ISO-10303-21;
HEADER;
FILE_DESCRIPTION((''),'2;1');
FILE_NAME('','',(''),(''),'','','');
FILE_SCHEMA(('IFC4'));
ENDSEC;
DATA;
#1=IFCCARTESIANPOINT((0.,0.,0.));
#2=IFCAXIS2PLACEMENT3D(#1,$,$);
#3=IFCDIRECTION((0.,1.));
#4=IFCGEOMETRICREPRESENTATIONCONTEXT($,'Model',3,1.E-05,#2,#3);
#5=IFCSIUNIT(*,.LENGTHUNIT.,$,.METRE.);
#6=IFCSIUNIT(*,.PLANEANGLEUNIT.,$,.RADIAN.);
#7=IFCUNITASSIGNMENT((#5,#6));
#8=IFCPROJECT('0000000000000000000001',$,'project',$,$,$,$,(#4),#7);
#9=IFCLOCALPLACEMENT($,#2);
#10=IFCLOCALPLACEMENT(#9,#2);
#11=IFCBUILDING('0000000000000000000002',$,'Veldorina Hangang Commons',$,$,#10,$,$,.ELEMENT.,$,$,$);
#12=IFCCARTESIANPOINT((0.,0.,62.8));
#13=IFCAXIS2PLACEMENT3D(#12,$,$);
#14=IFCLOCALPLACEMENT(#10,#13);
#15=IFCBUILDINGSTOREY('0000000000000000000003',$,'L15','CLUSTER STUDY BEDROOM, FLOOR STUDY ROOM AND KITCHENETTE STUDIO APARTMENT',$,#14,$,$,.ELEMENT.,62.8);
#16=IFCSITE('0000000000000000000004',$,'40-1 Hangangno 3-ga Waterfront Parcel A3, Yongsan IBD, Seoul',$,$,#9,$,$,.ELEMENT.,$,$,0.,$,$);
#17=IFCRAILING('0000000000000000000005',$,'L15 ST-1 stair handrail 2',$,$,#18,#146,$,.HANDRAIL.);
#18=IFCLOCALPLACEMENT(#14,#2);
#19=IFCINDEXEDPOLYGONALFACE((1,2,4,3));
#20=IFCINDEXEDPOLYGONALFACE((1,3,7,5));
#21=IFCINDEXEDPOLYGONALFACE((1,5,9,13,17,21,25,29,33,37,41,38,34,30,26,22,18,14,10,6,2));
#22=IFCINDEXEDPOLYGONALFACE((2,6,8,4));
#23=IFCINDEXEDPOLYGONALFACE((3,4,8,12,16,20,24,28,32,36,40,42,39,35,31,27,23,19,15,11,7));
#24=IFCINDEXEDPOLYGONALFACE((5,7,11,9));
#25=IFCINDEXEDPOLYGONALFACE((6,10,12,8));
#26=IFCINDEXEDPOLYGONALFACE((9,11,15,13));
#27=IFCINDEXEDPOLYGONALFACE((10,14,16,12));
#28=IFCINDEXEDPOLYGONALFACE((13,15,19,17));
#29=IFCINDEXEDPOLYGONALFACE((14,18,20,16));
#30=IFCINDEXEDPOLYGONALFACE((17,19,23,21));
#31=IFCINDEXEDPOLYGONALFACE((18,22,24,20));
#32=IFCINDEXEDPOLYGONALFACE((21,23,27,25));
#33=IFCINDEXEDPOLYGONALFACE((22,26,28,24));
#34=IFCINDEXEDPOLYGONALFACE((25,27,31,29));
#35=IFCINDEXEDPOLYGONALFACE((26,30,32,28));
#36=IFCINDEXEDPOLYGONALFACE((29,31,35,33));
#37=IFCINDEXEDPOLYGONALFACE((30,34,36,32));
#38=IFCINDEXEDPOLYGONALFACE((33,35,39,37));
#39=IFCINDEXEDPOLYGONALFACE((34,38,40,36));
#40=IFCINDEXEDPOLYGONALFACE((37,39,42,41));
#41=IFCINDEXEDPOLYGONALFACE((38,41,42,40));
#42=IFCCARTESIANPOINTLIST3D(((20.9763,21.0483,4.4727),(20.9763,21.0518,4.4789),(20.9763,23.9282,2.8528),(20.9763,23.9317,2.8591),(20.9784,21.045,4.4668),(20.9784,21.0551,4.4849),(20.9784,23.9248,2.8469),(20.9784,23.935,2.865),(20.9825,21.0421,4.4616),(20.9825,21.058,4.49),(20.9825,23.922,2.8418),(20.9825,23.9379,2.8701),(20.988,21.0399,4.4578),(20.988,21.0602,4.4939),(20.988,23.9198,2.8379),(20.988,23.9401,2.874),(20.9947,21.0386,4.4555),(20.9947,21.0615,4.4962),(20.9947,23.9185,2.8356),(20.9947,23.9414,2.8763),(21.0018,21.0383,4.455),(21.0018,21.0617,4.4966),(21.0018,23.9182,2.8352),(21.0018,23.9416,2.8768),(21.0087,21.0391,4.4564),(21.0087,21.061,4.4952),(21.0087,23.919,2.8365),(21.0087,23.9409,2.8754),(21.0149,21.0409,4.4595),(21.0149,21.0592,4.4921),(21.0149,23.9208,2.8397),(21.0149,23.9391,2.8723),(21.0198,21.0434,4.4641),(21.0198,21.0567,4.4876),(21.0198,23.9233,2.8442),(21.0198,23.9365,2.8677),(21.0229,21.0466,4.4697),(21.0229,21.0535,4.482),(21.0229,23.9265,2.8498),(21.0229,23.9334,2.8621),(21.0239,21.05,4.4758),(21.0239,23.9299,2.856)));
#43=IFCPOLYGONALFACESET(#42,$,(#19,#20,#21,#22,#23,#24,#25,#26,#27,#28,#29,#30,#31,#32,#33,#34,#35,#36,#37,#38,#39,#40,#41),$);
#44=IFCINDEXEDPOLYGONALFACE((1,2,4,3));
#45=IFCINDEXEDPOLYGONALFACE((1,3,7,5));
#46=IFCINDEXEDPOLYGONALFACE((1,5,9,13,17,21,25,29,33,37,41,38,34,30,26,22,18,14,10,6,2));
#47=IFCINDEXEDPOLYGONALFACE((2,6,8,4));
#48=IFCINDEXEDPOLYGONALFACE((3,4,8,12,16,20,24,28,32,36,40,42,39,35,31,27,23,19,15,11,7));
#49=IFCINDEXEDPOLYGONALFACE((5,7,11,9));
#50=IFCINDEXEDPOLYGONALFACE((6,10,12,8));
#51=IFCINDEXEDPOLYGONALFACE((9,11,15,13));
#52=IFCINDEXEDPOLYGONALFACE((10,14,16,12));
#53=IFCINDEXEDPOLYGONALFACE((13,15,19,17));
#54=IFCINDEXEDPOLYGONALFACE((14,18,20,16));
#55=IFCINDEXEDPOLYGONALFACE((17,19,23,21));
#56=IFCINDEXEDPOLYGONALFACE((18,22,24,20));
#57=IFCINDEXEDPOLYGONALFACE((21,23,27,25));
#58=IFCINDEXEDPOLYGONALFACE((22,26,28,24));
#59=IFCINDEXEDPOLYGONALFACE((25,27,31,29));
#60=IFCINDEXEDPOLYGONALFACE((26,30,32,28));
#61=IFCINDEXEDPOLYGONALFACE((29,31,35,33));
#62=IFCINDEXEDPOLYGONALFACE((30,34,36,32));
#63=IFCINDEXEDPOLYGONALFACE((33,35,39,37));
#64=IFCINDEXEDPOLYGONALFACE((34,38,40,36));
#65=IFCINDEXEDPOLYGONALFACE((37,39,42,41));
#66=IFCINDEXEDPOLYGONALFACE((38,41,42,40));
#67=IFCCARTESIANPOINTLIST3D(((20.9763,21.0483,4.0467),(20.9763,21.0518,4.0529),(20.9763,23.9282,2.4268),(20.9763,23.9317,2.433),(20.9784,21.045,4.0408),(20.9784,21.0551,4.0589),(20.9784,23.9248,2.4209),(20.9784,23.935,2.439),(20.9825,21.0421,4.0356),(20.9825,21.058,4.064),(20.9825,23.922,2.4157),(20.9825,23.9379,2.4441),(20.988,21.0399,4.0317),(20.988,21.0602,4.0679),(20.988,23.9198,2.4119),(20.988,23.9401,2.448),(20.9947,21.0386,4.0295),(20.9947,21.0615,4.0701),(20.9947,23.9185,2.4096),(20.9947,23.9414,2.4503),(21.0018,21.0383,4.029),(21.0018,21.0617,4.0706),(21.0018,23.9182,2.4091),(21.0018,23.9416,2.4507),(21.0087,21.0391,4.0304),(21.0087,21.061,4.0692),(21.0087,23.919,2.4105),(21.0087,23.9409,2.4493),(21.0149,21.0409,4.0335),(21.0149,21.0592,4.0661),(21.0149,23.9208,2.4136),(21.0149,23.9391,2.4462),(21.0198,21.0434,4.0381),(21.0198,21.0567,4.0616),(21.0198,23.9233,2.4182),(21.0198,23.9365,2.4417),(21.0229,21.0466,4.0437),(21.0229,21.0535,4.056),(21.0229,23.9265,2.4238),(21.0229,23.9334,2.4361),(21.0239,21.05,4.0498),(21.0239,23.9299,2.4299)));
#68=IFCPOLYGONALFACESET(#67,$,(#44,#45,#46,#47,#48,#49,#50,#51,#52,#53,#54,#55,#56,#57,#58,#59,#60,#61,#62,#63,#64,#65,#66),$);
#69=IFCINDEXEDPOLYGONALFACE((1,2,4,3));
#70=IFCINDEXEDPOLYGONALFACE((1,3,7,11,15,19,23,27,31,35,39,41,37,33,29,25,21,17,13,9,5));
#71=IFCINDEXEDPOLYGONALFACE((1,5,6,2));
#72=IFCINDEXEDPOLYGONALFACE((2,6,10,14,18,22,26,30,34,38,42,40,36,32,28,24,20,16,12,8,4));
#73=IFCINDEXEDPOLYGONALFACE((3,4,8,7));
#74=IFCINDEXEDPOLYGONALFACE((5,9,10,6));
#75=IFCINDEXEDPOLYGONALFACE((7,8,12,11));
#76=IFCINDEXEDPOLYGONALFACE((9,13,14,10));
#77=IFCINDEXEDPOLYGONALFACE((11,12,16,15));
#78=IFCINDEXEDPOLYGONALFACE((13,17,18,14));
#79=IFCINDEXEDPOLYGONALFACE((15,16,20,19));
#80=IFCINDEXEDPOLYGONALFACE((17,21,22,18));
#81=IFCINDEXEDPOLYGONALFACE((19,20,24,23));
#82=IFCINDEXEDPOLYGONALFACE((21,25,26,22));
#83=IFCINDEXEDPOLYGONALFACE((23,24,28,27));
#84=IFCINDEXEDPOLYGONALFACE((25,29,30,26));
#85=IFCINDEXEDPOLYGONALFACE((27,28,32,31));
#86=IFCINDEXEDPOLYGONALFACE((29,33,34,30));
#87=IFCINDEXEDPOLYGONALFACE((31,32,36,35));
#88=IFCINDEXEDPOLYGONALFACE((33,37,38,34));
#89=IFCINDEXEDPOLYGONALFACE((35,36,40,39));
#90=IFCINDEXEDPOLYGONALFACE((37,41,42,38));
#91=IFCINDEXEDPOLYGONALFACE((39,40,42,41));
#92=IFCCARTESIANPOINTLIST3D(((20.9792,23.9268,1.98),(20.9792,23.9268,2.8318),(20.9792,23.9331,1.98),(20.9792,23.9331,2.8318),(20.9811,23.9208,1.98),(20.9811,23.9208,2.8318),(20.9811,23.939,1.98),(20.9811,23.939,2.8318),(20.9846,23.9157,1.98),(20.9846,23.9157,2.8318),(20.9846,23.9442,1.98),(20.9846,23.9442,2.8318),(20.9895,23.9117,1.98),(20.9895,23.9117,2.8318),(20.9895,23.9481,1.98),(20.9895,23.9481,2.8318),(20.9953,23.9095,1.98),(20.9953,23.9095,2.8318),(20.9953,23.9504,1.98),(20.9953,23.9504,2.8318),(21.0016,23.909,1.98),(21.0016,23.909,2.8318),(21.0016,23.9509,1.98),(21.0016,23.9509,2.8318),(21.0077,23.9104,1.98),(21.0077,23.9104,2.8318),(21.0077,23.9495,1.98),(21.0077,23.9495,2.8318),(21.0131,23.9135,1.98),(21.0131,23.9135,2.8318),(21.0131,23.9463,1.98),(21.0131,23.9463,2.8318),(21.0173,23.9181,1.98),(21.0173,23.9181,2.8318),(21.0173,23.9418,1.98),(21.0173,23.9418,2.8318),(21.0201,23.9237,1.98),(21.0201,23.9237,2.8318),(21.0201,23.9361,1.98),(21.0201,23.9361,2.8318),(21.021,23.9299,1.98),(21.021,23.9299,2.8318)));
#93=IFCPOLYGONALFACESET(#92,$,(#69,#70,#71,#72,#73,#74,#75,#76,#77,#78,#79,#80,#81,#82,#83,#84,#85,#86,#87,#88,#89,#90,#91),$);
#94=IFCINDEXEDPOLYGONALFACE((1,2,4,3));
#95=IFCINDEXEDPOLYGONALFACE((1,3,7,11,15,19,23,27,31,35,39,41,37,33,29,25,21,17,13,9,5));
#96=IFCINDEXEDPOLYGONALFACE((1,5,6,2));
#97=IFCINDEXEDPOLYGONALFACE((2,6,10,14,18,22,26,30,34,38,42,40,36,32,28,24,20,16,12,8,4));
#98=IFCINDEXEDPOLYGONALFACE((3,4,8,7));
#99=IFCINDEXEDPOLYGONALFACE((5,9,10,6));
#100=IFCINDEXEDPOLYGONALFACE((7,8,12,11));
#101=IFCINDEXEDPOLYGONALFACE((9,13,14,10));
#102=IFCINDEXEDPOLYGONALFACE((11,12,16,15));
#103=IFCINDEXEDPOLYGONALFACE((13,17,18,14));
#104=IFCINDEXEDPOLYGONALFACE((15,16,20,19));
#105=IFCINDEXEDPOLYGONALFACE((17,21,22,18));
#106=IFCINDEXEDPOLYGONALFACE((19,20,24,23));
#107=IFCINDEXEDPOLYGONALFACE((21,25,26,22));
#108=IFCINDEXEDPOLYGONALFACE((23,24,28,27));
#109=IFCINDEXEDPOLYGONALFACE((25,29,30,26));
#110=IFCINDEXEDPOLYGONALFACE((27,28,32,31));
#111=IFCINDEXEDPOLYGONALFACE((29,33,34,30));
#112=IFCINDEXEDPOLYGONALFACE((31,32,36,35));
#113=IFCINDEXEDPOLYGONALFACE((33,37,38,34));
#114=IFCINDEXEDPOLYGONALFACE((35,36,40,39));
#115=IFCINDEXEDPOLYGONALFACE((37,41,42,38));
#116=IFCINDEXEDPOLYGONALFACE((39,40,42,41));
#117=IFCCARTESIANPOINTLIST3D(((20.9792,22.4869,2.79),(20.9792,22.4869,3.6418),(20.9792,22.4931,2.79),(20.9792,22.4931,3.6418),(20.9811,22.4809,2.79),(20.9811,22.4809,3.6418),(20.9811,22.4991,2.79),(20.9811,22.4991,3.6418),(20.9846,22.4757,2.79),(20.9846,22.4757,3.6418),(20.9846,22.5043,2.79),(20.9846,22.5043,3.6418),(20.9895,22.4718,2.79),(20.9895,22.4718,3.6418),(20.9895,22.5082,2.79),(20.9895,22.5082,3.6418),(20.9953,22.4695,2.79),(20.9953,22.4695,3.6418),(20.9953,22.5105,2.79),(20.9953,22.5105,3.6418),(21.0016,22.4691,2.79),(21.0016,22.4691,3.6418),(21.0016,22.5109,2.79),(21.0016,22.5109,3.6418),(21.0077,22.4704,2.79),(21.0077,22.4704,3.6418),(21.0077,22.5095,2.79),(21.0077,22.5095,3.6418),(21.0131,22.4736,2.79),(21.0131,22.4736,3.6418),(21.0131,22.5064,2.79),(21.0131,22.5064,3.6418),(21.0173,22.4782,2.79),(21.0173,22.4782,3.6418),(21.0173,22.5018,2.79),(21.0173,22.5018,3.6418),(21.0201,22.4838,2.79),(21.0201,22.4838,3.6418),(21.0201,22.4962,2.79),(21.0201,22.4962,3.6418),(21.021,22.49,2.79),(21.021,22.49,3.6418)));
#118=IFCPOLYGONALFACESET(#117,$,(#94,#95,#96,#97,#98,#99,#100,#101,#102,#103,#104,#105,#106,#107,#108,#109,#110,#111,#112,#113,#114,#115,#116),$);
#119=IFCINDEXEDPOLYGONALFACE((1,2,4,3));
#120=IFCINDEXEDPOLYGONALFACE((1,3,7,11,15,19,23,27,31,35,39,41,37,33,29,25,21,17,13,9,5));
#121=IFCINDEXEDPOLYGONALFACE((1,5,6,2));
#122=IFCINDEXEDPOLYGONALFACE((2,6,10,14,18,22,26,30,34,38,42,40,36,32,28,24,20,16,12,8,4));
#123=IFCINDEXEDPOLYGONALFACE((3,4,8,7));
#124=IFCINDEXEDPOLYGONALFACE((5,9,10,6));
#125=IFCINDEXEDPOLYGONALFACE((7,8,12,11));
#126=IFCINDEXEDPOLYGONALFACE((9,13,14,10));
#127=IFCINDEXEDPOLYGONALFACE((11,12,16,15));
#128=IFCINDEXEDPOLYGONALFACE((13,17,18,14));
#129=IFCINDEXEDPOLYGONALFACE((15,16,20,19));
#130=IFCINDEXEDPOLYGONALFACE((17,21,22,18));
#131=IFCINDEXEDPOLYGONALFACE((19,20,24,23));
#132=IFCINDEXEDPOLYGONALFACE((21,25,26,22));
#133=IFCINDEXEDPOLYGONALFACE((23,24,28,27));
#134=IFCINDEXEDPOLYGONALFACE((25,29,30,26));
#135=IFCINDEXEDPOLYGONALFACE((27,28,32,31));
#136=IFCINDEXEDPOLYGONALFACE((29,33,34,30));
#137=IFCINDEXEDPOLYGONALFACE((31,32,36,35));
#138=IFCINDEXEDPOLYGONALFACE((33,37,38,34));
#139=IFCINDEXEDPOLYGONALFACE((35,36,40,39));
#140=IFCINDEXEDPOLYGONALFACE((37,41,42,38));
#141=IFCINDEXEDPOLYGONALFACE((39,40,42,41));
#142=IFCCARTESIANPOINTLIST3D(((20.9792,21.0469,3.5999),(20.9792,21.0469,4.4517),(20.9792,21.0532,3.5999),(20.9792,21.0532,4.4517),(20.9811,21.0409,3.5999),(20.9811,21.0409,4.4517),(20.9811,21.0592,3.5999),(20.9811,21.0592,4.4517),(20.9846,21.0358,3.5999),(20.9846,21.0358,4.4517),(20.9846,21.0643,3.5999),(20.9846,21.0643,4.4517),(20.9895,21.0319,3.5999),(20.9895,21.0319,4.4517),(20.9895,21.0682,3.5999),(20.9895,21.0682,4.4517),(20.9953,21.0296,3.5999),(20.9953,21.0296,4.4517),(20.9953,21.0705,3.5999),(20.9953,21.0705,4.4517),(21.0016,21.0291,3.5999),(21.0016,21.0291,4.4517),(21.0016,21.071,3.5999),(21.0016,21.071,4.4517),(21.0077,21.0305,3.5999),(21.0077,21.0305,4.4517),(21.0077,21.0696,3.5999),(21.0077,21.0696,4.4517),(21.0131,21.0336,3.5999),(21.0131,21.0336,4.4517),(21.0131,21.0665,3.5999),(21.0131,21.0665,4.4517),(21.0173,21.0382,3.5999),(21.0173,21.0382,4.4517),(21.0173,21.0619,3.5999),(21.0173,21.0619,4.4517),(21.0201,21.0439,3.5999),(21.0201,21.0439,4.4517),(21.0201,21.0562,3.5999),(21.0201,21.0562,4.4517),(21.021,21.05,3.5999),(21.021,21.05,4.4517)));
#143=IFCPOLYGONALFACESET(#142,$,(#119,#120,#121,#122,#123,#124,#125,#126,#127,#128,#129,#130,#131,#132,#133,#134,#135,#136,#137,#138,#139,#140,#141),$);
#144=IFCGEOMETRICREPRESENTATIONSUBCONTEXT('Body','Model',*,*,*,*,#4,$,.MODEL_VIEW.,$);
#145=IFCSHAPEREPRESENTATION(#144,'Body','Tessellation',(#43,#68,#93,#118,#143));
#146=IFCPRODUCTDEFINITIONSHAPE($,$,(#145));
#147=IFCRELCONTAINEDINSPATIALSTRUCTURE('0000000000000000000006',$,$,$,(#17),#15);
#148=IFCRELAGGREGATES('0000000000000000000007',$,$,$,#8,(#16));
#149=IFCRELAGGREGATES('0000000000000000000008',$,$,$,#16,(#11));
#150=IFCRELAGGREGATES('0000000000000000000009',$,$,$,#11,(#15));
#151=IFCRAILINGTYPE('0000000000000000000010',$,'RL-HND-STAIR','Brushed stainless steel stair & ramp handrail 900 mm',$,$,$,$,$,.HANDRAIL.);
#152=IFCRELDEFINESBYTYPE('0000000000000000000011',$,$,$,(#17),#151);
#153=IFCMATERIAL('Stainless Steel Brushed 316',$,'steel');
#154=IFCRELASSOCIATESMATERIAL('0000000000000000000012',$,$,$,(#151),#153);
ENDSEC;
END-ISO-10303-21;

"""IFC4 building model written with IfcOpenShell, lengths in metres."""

from ifc_helpers import new_model, si_unit, direction, frame, origin, origin_2d, place, context, subcontext, project, spatial, circle, extrude, material, type_object, element, save


model = new_model("IFC4")

# Units and contexts
model_context = context("Model", 3, precision=1e-05, world=origin(), true_north=direction((0.0, 1.0)))
body_context = subcontext(model_context, "Body", "Model", "MODEL_VIEW")
ifc_project = project(units=[si_unit("LENGTHUNIT", "METRE"), si_unit("PLANEANGLEUNIT", "RADIAN")], contexts=[model_context])

# Site, building, storey
site_placement = place(None, origin())
site = spatial("IfcSite", under=ifc_project, at=site_placement, Name="40-1 Hangangno 3-ga Waterfront Parcel A3, Yongsan IBD, Seoul", CompositionType="ELEMENT", RefElevation=0.0)
building_placement = place(site_placement, origin())
building = spatial("IfcBuilding", under=site, at=building_placement, Name="Veldorina Hangang Commons", CompositionType="ELEMENT")
storey_placement = place(building_placement, frame((0.0, 0.0, 62.8)))
storey = spatial("IfcBuildingStorey", under=building, at=storey_placement, Name="L15", Description="CLUSTER STUDY BEDROOM, FLOOR STUDY ROOM AND KITCHENETTE STUDIO APARTMENT", CompositionType="ELEMENT", Elevation=62.8)

# Railing
ifc_material_1 = material(Name="Stainless Steel Brushed 316", Category="steel")
railing_type_1 = type_object("IfcRailingType", Name="RL-HND-STAIR", Description="Brushed stainless steel stair & ramp handrail 900 mm", PredefinedType="HANDRAIL", material=ifc_material_1)
railing_1_placement = place(storey_placement, frame((21.0, 23.9299, 1.98)))
element("IfcRailing", 1, at=railing_1_placement, inside=storey, type_object=railing_type_1, Name="L15 ST-1 stair handrail 2", PredefinedType="HANDRAIL", context=body_context, shape_type="SweptSolid", body=[
    extrude(circle(Radius=0.0239, at=origin_2d()), frame((0.0, 0.0, 0.876), z_axis=(0.0, -0.871583, 0.490247), x_axis=(1.0, 0.0, 0.0)), (0.0, 0.0, 1.0), 3.3042),
    extrude(circle(Radius=0.0239, at=origin_2d()), frame((0.0, 0.0, 0.45), z_axis=(0.0, -0.871583, 0.490247), x_axis=(1.0, 0.0, 0.0)), (0.0, 0.0, 1.0), 3.3042),
    extrude(circle(Radius=0.021, at=origin_2d()), origin(), (0.0, 0.0, 1.0), 0.8518),
    extrude(circle(Radius=0.021, at=origin_2d()), frame((0.0, -1.4399, 0.8101)), (0.0, 0.0, 1.0), 0.8518),
    extrude(circle(Radius=0.021, at=origin_2d()), frame((0.0, -2.8799, 1.6199)), (0.0, 0.0, 1.0), 0.8518),
])

save(model, "model.ifc")
